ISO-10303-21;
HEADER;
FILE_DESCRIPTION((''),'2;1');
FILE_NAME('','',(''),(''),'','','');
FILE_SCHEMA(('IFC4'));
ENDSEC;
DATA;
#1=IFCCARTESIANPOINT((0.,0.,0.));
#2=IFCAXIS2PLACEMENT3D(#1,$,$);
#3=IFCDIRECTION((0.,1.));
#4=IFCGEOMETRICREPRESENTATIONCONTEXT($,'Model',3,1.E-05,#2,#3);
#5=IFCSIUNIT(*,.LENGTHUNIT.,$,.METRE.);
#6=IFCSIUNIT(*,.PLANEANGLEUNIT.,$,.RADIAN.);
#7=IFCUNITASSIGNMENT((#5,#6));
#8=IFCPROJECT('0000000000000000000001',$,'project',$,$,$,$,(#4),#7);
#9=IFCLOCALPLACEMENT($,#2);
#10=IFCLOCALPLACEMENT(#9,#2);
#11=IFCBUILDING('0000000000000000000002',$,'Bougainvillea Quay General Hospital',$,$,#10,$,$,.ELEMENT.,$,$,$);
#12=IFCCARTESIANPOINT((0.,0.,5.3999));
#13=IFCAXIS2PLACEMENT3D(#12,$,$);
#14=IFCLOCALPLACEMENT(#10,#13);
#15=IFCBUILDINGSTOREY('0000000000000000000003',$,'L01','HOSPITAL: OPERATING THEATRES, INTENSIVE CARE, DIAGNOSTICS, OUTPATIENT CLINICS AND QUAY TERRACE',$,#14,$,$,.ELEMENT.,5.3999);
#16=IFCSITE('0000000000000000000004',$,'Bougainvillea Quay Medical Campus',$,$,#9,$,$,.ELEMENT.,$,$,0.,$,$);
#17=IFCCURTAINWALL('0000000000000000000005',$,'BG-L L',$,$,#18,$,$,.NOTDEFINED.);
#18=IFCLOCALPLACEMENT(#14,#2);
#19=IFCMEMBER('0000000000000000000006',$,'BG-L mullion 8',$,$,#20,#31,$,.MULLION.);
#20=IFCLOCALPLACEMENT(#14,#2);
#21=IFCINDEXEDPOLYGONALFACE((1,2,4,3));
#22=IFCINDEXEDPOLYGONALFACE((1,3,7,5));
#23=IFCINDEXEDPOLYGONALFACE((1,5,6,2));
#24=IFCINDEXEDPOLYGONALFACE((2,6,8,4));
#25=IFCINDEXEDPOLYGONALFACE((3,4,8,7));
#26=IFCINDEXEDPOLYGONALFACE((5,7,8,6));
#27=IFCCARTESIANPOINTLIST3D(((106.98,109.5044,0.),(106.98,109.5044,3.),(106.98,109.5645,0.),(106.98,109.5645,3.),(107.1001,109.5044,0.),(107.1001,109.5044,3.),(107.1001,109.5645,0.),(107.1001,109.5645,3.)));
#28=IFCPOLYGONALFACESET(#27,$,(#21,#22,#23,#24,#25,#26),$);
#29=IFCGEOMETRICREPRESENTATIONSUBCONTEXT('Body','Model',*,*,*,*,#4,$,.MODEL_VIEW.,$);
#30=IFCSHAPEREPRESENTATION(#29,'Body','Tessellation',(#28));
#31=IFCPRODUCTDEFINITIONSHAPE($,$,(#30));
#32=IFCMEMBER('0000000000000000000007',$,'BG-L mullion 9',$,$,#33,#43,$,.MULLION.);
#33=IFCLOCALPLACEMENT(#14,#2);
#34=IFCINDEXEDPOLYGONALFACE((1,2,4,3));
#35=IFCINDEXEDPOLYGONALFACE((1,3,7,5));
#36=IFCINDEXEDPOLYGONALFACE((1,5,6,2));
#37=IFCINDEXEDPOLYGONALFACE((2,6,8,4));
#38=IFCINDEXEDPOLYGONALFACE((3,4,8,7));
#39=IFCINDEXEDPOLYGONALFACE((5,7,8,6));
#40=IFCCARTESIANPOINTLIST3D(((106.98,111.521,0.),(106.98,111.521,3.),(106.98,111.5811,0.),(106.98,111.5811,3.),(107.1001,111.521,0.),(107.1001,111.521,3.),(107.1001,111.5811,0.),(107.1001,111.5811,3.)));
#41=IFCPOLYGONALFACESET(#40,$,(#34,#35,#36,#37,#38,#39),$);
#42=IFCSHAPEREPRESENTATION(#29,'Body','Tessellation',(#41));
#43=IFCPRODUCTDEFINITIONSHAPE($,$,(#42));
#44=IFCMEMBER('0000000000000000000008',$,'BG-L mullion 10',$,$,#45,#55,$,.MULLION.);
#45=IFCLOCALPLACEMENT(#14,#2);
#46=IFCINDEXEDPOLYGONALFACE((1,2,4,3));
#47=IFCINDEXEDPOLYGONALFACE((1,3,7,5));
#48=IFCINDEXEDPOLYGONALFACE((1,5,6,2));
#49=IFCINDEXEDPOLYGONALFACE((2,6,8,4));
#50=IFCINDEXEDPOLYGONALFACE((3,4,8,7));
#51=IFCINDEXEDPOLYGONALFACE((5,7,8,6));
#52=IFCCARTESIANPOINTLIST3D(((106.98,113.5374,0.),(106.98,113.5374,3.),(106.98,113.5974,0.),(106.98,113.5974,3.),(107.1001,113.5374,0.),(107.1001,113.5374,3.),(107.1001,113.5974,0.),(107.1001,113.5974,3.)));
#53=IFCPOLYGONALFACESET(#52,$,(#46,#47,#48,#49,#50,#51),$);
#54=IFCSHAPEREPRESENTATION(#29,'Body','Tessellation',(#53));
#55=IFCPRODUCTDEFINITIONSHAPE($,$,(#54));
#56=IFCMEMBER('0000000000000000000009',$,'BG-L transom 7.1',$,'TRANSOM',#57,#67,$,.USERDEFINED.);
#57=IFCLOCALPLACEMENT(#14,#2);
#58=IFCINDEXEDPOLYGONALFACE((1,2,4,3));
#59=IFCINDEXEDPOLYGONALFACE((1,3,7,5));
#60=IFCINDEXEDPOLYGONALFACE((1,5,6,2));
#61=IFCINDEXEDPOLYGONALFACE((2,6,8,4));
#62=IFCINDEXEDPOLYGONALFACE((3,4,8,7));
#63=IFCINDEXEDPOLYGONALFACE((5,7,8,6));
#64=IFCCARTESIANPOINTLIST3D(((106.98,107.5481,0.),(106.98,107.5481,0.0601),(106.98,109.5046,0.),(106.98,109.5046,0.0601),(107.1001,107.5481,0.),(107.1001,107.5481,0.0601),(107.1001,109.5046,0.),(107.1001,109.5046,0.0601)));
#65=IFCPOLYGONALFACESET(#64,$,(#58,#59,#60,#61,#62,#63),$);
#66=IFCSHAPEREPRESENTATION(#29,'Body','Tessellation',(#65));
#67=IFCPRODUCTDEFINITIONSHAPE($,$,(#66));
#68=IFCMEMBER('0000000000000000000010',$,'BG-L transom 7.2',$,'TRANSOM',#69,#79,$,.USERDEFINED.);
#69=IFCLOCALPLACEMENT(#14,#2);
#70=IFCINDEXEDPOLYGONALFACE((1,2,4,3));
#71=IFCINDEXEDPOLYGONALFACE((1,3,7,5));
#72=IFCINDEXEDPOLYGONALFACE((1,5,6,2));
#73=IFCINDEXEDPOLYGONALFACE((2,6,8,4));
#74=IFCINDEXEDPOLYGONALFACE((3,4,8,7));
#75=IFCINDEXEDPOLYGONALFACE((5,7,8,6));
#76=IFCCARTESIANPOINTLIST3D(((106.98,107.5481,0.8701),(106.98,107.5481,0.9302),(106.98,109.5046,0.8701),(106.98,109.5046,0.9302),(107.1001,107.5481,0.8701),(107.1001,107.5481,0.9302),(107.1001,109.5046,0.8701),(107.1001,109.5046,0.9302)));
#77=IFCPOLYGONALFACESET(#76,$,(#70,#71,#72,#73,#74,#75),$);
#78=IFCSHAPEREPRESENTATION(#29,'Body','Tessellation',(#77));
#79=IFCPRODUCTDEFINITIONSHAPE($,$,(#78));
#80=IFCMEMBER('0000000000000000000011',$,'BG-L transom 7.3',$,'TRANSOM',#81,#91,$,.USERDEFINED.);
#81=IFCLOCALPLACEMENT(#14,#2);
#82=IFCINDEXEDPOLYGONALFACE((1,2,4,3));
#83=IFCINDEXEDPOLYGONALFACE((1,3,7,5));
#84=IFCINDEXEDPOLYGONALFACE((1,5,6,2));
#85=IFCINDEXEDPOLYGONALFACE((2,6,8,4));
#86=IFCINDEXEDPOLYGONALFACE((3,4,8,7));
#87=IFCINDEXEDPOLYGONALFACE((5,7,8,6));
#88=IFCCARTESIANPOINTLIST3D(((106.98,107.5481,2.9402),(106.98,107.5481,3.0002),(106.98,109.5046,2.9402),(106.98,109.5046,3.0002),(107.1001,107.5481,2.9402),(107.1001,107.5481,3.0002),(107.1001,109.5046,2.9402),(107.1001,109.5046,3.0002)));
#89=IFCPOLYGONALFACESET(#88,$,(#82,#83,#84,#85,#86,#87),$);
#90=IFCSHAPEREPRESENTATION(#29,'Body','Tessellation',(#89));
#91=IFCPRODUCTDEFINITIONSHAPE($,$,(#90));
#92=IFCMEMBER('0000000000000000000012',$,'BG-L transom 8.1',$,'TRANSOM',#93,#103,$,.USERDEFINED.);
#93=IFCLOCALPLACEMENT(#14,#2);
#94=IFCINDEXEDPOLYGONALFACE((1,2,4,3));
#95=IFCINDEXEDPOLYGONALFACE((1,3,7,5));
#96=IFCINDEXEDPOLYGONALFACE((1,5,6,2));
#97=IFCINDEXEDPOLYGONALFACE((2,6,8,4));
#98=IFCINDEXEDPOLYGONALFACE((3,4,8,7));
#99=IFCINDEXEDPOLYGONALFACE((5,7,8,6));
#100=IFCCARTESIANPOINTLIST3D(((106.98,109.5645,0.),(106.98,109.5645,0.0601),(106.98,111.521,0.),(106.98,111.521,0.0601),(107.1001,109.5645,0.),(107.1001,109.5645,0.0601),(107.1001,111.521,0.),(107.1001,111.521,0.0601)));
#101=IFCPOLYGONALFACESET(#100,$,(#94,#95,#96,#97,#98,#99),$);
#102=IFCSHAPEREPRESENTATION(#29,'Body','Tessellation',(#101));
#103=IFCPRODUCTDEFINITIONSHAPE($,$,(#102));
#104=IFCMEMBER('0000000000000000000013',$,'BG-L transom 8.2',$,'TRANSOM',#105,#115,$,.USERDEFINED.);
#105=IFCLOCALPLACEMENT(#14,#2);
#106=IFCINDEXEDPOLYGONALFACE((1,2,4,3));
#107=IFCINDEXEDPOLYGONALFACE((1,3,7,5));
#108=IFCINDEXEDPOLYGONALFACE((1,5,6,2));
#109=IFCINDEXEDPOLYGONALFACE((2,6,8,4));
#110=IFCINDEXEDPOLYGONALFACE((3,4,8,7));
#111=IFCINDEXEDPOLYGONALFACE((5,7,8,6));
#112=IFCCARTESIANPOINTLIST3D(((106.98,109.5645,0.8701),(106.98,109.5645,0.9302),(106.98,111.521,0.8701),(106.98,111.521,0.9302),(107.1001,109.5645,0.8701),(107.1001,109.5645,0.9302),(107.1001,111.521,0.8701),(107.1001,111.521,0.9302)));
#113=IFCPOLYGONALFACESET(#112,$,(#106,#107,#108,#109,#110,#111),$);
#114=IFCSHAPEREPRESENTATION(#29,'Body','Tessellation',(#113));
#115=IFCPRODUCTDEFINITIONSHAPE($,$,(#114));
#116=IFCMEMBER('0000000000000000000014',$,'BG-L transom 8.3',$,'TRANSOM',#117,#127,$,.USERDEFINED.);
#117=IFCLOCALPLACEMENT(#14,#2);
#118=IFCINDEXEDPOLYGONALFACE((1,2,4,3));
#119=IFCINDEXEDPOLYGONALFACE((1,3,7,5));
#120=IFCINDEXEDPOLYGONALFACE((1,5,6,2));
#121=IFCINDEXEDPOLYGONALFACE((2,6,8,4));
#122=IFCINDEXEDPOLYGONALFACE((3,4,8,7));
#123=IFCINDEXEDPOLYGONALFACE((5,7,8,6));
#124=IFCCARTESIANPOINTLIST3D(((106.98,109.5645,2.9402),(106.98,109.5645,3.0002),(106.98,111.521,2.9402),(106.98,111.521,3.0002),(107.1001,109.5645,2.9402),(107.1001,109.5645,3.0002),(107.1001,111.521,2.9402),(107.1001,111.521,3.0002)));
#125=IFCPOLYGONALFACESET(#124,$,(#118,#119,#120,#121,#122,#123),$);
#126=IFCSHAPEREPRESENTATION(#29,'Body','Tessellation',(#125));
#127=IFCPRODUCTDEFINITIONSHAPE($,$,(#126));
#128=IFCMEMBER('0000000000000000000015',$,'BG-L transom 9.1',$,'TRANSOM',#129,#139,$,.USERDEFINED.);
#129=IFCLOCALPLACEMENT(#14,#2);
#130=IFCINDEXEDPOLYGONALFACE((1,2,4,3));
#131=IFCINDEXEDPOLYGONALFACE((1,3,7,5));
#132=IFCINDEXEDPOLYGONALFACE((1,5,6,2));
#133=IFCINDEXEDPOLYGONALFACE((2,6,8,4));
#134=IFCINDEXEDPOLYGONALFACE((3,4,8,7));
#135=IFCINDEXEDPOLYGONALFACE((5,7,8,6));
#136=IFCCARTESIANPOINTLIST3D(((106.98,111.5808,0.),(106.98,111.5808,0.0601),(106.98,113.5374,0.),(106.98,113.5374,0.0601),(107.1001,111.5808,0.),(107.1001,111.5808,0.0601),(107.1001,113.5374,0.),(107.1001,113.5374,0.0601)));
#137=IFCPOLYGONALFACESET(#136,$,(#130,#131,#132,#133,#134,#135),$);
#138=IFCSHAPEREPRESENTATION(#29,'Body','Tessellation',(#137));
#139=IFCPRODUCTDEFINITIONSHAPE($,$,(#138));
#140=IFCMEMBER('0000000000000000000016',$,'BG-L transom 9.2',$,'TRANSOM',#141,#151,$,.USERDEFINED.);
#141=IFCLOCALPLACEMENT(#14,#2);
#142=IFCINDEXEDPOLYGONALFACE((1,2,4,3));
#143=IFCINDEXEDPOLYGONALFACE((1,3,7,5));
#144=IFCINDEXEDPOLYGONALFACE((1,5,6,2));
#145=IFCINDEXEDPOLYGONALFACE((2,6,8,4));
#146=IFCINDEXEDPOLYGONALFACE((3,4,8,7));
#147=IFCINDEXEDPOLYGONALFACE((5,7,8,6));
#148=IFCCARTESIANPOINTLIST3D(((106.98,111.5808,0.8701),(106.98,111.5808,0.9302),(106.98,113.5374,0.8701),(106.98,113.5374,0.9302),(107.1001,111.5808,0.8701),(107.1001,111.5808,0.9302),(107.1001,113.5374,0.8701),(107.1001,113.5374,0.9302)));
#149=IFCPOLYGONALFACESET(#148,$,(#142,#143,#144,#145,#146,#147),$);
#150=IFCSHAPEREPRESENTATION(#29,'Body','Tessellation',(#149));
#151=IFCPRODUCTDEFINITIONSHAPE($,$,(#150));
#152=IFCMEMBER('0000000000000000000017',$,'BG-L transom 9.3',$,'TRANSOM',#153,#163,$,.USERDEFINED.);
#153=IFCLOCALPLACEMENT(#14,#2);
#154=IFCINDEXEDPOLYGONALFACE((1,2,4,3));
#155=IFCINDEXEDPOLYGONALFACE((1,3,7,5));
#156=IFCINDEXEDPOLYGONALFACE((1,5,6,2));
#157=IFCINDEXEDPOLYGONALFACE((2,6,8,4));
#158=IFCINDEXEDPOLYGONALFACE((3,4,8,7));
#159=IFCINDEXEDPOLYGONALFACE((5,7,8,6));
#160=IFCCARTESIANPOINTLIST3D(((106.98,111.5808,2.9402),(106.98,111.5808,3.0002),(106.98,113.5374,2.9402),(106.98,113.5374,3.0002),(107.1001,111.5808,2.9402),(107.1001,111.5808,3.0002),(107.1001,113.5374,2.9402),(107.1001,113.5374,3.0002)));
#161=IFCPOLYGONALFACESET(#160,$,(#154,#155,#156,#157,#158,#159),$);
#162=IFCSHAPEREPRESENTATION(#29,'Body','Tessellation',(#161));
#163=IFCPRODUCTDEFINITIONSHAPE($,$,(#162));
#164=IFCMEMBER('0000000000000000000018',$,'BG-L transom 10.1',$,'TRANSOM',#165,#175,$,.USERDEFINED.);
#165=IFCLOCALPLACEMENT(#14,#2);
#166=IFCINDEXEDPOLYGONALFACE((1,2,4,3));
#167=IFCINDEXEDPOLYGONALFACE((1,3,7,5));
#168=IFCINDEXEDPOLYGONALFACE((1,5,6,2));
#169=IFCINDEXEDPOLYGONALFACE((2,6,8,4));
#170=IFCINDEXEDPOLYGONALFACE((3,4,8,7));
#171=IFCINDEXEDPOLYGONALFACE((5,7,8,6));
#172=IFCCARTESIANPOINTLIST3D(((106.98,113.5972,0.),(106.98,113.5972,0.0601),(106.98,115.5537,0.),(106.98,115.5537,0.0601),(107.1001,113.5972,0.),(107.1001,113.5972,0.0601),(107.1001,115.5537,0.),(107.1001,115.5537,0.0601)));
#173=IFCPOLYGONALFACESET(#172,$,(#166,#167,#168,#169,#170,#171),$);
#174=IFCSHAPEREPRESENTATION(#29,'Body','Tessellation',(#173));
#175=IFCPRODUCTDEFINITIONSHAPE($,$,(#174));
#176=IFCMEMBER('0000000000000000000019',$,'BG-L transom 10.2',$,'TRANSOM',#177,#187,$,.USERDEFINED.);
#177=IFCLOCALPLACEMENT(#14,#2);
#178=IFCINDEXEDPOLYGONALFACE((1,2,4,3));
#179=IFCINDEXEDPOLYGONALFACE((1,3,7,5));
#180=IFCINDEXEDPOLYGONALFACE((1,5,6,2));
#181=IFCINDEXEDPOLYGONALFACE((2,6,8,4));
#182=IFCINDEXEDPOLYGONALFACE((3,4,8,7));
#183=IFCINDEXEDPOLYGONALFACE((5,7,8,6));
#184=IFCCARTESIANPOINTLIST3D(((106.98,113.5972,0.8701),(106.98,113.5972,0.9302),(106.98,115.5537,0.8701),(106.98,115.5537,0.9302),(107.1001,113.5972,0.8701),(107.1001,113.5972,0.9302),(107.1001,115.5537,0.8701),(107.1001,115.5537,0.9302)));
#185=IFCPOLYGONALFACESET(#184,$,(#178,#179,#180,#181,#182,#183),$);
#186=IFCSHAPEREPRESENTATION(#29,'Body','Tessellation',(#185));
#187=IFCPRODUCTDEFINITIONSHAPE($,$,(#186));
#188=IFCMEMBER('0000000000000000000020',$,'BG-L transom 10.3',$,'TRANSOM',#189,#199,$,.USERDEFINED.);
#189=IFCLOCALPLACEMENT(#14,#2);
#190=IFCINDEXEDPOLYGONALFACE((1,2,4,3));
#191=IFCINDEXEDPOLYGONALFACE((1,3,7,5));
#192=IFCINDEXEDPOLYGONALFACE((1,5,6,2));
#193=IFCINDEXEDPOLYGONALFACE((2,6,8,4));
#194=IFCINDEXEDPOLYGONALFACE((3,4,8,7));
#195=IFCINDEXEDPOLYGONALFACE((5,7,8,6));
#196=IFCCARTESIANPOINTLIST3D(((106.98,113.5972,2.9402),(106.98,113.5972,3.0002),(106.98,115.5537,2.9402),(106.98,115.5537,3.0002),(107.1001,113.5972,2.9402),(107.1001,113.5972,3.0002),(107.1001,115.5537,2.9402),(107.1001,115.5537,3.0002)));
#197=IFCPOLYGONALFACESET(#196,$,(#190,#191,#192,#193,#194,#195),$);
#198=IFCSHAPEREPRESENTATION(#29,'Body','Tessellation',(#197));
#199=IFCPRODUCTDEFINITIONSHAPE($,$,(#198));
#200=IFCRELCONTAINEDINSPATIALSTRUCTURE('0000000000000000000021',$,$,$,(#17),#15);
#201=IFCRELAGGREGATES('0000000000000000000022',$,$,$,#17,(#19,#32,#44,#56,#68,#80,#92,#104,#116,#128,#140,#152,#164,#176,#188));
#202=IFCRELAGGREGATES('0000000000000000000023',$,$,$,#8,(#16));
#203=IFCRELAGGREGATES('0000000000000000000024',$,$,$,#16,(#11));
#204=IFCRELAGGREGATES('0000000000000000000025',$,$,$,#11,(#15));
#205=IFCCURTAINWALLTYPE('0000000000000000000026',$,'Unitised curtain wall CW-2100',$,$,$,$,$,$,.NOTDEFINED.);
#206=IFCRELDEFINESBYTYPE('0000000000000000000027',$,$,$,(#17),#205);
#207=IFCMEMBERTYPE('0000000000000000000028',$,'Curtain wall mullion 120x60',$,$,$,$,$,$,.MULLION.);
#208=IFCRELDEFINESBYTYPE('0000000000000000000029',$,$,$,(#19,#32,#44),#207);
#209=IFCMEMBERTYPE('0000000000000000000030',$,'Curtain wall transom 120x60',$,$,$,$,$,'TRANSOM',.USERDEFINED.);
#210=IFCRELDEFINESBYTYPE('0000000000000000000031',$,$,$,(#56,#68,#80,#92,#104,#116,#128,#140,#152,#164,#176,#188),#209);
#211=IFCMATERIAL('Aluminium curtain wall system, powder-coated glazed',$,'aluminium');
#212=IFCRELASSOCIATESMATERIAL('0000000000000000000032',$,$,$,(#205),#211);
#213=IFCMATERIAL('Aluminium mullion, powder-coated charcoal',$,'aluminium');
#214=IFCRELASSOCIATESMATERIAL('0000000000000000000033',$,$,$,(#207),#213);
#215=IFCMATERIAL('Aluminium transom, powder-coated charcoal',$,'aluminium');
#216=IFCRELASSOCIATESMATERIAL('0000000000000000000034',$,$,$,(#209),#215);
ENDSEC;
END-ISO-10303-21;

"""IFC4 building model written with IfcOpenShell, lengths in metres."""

from ifc_helpers import new_model, si_unit, direction, frame, origin, origin_2d, place, context, subcontext, project, spatial, rectangle, extrude, material, material_profile, profile_set, type_object, element, aggregate, save


model = new_model("IFC4")

# Units and contexts
model_context = context("Model", 3, precision=1e-05, world=origin(), true_north=direction((0.0, 1.0)))
body_context = subcontext(model_context, "Body", "Model", "MODEL_VIEW")
ifc_project = project(units=[si_unit("LENGTHUNIT", "METRE"), si_unit("PLANEANGLEUNIT", "RADIAN")], contexts=[model_context])

# Site, building, storey
site_placement = place(None, origin())
site = spatial("IfcSite", under=ifc_project, at=site_placement, Name="Bougainvillea Quay Medical Campus", CompositionType="ELEMENT", RefElevation=0.0)
building_placement = place(site_placement, origin())
building = spatial("IfcBuilding", under=site, at=building_placement, Name="Bougainvillea Quay General Hospital", CompositionType="ELEMENT")
storey_placement = place(building_placement, frame((0.0, 0.0, 5.3999)))
storey = spatial("IfcBuildingStorey", under=building, at=storey_placement, Name="L01", Description="HOSPITAL: OPERATING THEATRES, INTENSIVE CARE, DIAGNOSTICS, OUTPATIENT CLINICS AND QUAY TERRACE", CompositionType="ELEMENT", Elevation=5.3999)

# Curtain wall, members
ifc_material_1 = material(Name="Aluminium curtain wall system, powder-coated glazed", Category="aluminium")
curtain_wall_type = type_object("IfcCurtainWallType", Name="Unitised curtain wall CW-2100", PredefinedType="NOTDEFINED", material=ifc_material_1)
curtain_wall_placement = place(storey_placement, origin())
curtain_wall = element("IfcCurtainWall", 1, at=curtain_wall_placement, inside=storey, type_object=curtain_wall_type, Name="BG-L L", PredefinedType="NOTDEFINED")
ifc_material_2 = material(Name="Aluminium mullion, powder-coated charcoal", Category="aluminium")
ifc_material_profile_1 = material_profile(ifc_material_2, rectangle(XDim=0.1201, YDim=0.0601, at=origin_2d()))
ifc_profile_set_1 = profile_set([ifc_material_profile_1], Name="Aluminium mullion, powder-coated charcoal")
member_type_1 = type_object("IfcMemberType", Name="Curtain wall mullion 120x60", PredefinedType="MULLION", material=ifc_profile_set_1)
member_1_placement = place(storey_placement, frame((107.04, 109.5344, 0.0), z_axis=(0.0, 0.0, 1.0), x_axis=(-1.0, 0.0, 0.0)))
member_1 = element("IfcMember", 2, at=member_1_placement, type_object=member_type_1, Name="BG-L mullion 8", PredefinedType="MULLION", context=body_context, shape_type="SweptSolid", body=[
    extrude(rectangle(XDim=0.1201, YDim=0.0601, at=origin_2d()), origin(), (0.0, 0.0, 1.0), 3.0),
])
member_2_placement = place(storey_placement, frame((107.04, 111.551, 0.0), z_axis=(0.0, 0.0, 1.0), x_axis=(-1.0, 0.0, 0.0)))
member_2 = element("IfcMember", 3, at=member_2_placement, type_object=member_type_1, Name="BG-L mullion 9", PredefinedType="MULLION", context=body_context, shape_type="SweptSolid", body=[
    extrude(rectangle(XDim=0.1201, YDim=0.0601, at=origin_2d()), origin(), (0.0, 0.0, 1.0), 3.0),
])
member_3_placement = place(storey_placement, frame((107.04, 113.5674, 0.0), z_axis=(0.0, 0.0, 1.0), x_axis=(-1.0, 0.0, 0.0)))
member_3 = element("IfcMember", 4, at=member_3_placement, type_object=member_type_1, Name="BG-L mullion 10", PredefinedType="MULLION", context=body_context, shape_type="SweptSolid", body=[
    extrude(rectangle(XDim=0.1201, YDim=0.0601, at=origin_2d()), origin(), (0.0, 0.0, 1.0), 3.0),
])
ifc_material_3 = material(Name="Aluminium transom, powder-coated charcoal", Category="aluminium")
ifc_material_profile_2 = material_profile(ifc_material_3, rectangle(XDim=0.1201, YDim=0.0601, at=origin_2d()))
ifc_profile_set_2 = profile_set([ifc_material_profile_2], Name="Aluminium transom, powder-coated charcoal")
member_type_2 = type_object("IfcMemberType", Name="Curtain wall transom 120x60", ElementType="TRANSOM", PredefinedType="USERDEFINED", material=ifc_profile_set_2)
member_4_placement = place(storey_placement, frame((107.04, 107.5481, 0.03), z_axis=(0.0, 1.0, 0.0), x_axis=(-1.0, 0.0, 0.0)))
member_4 = element("IfcMember", 5, at=member_4_placement, type_object=member_type_2, Name="BG-L transom 7.1", ObjectType="TRANSOM", PredefinedType="USERDEFINED", context=body_context, shape_type="SweptSolid", body=[
    extrude(rectangle(XDim=0.1201, YDim=0.0601, at=origin_2d()), origin(), (0.0, 0.0, 1.0), 1.9565),
])
member_5_placement = place(storey_placement, frame((107.04, 107.5481, 0.9001), z_axis=(0.0, 1.0, 0.0), x_axis=(-1.0, 0.0, 0.0)))
member_5 = element("IfcMember", 6, at=member_5_placement, type_object=member_type_2, Name="BG-L transom 7.2", ObjectType="TRANSOM", PredefinedType="USERDEFINED", context=body_context, shape_type="SweptSolid", body=[
    extrude(rectangle(XDim=0.1201, YDim=0.0601, at=origin_2d()), origin(), (0.0, 0.0, 1.0), 1.9565),
])
member_6_placement = place(storey_placement, frame((107.04, 107.5481, 2.9702), z_axis=(0.0, 1.0, 0.0), x_axis=(-1.0, 0.0, 0.0)))
member_6 = element("IfcMember", 7, at=member_6_placement, type_object=member_type_2, Name="BG-L transom 7.3", ObjectType="TRANSOM", PredefinedType="USERDEFINED", context=body_context, shape_type="SweptSolid", body=[
    extrude(rectangle(XDim=0.1201, YDim=0.0601, at=origin_2d()), origin(), (0.0, 0.0, 1.0), 1.9565),
])
member_7_placement = place(storey_placement, frame((107.04, 109.5645, 0.03), z_axis=(0.0, 1.0, 0.0), x_axis=(-1.0, 0.0, 0.0)))
member_7 = element("IfcMember", 8, at=member_7_placement, type_object=member_type_2, Name="BG-L transom 8.1", ObjectType="TRANSOM", PredefinedType="USERDEFINED", context=body_context, shape_type="SweptSolid", body=[
    extrude(rectangle(XDim=0.1201, YDim=0.0601, at=origin_2d()), origin(), (0.0, 0.0, 1.0), 1.9565),
])
member_8_placement = place(storey_placement, frame((107.04, 109.5645, 0.9001), z_axis=(0.0, 1.0, 0.0), x_axis=(-1.0, 0.0, 0.0)))
member_8 = element("IfcMember", 9, at=member_8_placement, type_object=member_type_2, Name="BG-L transom 8.2", ObjectType="TRANSOM", PredefinedType="USERDEFINED", context=body_context, shape_type="SweptSolid", body=[
    extrude(rectangle(XDim=0.1201, YDim=0.0601, at=origin_2d()), origin(), (0.0, 0.0, 1.0), 1.9565),
])
member_9_placement = place(storey_placement, frame((107.04, 109.5645, 2.9702), z_axis=(0.0, 1.0, 0.0), x_axis=(-1.0, 0.0, 0.0)))
member_9 = element("IfcMember", 10, at=member_9_placement, type_object=member_type_2, Name="BG-L transom 8.3", ObjectType="TRANSOM", PredefinedType="USERDEFINED", context=body_context, shape_type="SweptSolid", body=[
    extrude(rectangle(XDim=0.1201, YDim=0.0601, at=origin_2d()), origin(), (0.0, 0.0, 1.0), 1.9565),
])
member_10_placement = place(storey_placement, frame((107.04, 111.5808, 0.03), z_axis=(0.0, 1.0, 0.0), x_axis=(-1.0, 0.0, 0.0)))
member_10 = element("IfcMember", 11, at=member_10_placement, type_object=member_type_2, Name="BG-L transom 9.1", ObjectType="TRANSOM", PredefinedType="USERDEFINED", context=body_context, shape_type="SweptSolid", body=[
    extrude(rectangle(XDim=0.1201, YDim=0.0601, at=origin_2d()), origin(), (0.0, 0.0, 1.0), 1.9565),
])
member_11_placement = place(storey_placement, frame((107.04, 111.5808, 0.9001), z_axis=(0.0, 1.0, 0.0), x_axis=(-1.0, 0.0, 0.0)))
member_11 = element("IfcMember", 12, at=member_11_placement, type_object=member_type_2, Name="BG-L transom 9.2", ObjectType="TRANSOM", PredefinedType="USERDEFINED", context=body_context, shape_type="SweptSolid", body=[
    extrude(rectangle(XDim=0.1201, YDim=0.0601, at=origin_2d()), origin(), (0.0, 0.0, 1.0), 1.9565),
])
member_12_placement = place(storey_placement, frame((107.04, 111.5808, 2.9702), z_axis=(0.0, 1.0, 0.0), x_axis=(-1.0, 0.0, 0.0)))
member_12 = element("IfcMember", 13, at=member_12_placement, type_object=member_type_2, Name="BG-L transom 9.3", ObjectType="TRANSOM", PredefinedType="USERDEFINED", context=body_context, shape_type="SweptSolid", body=[
    extrude(rectangle(XDim=0.1201, YDim=0.0601, at=origin_2d()), origin(), (0.0, 0.0, 1.0), 1.9565),
])
member_13_placement = place(storey_placement, frame((107.04, 113.5972, 0.03), z_axis=(0.0, 1.0, 0.0), x_axis=(-1.0, 0.0, 0.0)))
member_13 = element("IfcMember", 14, at=member_13_placement, type_object=member_type_2, Name="BG-L transom 10.1", ObjectType="TRANSOM", PredefinedType="USERDEFINED", context=body_context, shape_type="SweptSolid", body=[
    extrude(rectangle(XDim=0.1201, YDim=0.0601, at=origin_2d()), origin(), (0.0, 0.0, 1.0), 1.9565),
])
member_14_placement = place(storey_placement, frame((107.04, 113.5972, 0.9001), z_axis=(0.0, 1.0, 0.0), x_axis=(-1.0, 0.0, 0.0)))
member_14 = element("IfcMember", 15, at=member_14_placement, type_object=member_type_2, Name="BG-L transom 10.2", ObjectType="TRANSOM", PredefinedType="USERDEFINED", context=body_context, shape_type="SweptSolid", body=[
    extrude(rectangle(XDim=0.1201, YDim=0.0601, at=origin_2d()), origin(), (0.0, 0.0, 1.0), 1.9565),
])
member_15_placement = place(storey_placement, frame((107.04, 113.5972, 2.9702), z_axis=(0.0, 1.0, 0.0), x_axis=(-1.0, 0.0, 0.0)))
member_15 = element("IfcMember", 16, at=member_15_placement, type_object=member_type_2, Name="BG-L transom 10.3", ObjectType="TRANSOM", PredefinedType="USERDEFINED", context=body_context, shape_type="SweptSolid", body=[
    extrude(rectangle(XDim=0.1201, YDim=0.0601, at=origin_2d()), origin(), (0.0, 0.0, 1.0), 1.9565),
])
aggregate(curtain_wall, [member_1, member_2, member_3, member_4, member_5, member_6, member_7, member_8, member_9, member_10, member_11, member_12, member_13, member_14, member_15])

save(model, "model.ifc")
